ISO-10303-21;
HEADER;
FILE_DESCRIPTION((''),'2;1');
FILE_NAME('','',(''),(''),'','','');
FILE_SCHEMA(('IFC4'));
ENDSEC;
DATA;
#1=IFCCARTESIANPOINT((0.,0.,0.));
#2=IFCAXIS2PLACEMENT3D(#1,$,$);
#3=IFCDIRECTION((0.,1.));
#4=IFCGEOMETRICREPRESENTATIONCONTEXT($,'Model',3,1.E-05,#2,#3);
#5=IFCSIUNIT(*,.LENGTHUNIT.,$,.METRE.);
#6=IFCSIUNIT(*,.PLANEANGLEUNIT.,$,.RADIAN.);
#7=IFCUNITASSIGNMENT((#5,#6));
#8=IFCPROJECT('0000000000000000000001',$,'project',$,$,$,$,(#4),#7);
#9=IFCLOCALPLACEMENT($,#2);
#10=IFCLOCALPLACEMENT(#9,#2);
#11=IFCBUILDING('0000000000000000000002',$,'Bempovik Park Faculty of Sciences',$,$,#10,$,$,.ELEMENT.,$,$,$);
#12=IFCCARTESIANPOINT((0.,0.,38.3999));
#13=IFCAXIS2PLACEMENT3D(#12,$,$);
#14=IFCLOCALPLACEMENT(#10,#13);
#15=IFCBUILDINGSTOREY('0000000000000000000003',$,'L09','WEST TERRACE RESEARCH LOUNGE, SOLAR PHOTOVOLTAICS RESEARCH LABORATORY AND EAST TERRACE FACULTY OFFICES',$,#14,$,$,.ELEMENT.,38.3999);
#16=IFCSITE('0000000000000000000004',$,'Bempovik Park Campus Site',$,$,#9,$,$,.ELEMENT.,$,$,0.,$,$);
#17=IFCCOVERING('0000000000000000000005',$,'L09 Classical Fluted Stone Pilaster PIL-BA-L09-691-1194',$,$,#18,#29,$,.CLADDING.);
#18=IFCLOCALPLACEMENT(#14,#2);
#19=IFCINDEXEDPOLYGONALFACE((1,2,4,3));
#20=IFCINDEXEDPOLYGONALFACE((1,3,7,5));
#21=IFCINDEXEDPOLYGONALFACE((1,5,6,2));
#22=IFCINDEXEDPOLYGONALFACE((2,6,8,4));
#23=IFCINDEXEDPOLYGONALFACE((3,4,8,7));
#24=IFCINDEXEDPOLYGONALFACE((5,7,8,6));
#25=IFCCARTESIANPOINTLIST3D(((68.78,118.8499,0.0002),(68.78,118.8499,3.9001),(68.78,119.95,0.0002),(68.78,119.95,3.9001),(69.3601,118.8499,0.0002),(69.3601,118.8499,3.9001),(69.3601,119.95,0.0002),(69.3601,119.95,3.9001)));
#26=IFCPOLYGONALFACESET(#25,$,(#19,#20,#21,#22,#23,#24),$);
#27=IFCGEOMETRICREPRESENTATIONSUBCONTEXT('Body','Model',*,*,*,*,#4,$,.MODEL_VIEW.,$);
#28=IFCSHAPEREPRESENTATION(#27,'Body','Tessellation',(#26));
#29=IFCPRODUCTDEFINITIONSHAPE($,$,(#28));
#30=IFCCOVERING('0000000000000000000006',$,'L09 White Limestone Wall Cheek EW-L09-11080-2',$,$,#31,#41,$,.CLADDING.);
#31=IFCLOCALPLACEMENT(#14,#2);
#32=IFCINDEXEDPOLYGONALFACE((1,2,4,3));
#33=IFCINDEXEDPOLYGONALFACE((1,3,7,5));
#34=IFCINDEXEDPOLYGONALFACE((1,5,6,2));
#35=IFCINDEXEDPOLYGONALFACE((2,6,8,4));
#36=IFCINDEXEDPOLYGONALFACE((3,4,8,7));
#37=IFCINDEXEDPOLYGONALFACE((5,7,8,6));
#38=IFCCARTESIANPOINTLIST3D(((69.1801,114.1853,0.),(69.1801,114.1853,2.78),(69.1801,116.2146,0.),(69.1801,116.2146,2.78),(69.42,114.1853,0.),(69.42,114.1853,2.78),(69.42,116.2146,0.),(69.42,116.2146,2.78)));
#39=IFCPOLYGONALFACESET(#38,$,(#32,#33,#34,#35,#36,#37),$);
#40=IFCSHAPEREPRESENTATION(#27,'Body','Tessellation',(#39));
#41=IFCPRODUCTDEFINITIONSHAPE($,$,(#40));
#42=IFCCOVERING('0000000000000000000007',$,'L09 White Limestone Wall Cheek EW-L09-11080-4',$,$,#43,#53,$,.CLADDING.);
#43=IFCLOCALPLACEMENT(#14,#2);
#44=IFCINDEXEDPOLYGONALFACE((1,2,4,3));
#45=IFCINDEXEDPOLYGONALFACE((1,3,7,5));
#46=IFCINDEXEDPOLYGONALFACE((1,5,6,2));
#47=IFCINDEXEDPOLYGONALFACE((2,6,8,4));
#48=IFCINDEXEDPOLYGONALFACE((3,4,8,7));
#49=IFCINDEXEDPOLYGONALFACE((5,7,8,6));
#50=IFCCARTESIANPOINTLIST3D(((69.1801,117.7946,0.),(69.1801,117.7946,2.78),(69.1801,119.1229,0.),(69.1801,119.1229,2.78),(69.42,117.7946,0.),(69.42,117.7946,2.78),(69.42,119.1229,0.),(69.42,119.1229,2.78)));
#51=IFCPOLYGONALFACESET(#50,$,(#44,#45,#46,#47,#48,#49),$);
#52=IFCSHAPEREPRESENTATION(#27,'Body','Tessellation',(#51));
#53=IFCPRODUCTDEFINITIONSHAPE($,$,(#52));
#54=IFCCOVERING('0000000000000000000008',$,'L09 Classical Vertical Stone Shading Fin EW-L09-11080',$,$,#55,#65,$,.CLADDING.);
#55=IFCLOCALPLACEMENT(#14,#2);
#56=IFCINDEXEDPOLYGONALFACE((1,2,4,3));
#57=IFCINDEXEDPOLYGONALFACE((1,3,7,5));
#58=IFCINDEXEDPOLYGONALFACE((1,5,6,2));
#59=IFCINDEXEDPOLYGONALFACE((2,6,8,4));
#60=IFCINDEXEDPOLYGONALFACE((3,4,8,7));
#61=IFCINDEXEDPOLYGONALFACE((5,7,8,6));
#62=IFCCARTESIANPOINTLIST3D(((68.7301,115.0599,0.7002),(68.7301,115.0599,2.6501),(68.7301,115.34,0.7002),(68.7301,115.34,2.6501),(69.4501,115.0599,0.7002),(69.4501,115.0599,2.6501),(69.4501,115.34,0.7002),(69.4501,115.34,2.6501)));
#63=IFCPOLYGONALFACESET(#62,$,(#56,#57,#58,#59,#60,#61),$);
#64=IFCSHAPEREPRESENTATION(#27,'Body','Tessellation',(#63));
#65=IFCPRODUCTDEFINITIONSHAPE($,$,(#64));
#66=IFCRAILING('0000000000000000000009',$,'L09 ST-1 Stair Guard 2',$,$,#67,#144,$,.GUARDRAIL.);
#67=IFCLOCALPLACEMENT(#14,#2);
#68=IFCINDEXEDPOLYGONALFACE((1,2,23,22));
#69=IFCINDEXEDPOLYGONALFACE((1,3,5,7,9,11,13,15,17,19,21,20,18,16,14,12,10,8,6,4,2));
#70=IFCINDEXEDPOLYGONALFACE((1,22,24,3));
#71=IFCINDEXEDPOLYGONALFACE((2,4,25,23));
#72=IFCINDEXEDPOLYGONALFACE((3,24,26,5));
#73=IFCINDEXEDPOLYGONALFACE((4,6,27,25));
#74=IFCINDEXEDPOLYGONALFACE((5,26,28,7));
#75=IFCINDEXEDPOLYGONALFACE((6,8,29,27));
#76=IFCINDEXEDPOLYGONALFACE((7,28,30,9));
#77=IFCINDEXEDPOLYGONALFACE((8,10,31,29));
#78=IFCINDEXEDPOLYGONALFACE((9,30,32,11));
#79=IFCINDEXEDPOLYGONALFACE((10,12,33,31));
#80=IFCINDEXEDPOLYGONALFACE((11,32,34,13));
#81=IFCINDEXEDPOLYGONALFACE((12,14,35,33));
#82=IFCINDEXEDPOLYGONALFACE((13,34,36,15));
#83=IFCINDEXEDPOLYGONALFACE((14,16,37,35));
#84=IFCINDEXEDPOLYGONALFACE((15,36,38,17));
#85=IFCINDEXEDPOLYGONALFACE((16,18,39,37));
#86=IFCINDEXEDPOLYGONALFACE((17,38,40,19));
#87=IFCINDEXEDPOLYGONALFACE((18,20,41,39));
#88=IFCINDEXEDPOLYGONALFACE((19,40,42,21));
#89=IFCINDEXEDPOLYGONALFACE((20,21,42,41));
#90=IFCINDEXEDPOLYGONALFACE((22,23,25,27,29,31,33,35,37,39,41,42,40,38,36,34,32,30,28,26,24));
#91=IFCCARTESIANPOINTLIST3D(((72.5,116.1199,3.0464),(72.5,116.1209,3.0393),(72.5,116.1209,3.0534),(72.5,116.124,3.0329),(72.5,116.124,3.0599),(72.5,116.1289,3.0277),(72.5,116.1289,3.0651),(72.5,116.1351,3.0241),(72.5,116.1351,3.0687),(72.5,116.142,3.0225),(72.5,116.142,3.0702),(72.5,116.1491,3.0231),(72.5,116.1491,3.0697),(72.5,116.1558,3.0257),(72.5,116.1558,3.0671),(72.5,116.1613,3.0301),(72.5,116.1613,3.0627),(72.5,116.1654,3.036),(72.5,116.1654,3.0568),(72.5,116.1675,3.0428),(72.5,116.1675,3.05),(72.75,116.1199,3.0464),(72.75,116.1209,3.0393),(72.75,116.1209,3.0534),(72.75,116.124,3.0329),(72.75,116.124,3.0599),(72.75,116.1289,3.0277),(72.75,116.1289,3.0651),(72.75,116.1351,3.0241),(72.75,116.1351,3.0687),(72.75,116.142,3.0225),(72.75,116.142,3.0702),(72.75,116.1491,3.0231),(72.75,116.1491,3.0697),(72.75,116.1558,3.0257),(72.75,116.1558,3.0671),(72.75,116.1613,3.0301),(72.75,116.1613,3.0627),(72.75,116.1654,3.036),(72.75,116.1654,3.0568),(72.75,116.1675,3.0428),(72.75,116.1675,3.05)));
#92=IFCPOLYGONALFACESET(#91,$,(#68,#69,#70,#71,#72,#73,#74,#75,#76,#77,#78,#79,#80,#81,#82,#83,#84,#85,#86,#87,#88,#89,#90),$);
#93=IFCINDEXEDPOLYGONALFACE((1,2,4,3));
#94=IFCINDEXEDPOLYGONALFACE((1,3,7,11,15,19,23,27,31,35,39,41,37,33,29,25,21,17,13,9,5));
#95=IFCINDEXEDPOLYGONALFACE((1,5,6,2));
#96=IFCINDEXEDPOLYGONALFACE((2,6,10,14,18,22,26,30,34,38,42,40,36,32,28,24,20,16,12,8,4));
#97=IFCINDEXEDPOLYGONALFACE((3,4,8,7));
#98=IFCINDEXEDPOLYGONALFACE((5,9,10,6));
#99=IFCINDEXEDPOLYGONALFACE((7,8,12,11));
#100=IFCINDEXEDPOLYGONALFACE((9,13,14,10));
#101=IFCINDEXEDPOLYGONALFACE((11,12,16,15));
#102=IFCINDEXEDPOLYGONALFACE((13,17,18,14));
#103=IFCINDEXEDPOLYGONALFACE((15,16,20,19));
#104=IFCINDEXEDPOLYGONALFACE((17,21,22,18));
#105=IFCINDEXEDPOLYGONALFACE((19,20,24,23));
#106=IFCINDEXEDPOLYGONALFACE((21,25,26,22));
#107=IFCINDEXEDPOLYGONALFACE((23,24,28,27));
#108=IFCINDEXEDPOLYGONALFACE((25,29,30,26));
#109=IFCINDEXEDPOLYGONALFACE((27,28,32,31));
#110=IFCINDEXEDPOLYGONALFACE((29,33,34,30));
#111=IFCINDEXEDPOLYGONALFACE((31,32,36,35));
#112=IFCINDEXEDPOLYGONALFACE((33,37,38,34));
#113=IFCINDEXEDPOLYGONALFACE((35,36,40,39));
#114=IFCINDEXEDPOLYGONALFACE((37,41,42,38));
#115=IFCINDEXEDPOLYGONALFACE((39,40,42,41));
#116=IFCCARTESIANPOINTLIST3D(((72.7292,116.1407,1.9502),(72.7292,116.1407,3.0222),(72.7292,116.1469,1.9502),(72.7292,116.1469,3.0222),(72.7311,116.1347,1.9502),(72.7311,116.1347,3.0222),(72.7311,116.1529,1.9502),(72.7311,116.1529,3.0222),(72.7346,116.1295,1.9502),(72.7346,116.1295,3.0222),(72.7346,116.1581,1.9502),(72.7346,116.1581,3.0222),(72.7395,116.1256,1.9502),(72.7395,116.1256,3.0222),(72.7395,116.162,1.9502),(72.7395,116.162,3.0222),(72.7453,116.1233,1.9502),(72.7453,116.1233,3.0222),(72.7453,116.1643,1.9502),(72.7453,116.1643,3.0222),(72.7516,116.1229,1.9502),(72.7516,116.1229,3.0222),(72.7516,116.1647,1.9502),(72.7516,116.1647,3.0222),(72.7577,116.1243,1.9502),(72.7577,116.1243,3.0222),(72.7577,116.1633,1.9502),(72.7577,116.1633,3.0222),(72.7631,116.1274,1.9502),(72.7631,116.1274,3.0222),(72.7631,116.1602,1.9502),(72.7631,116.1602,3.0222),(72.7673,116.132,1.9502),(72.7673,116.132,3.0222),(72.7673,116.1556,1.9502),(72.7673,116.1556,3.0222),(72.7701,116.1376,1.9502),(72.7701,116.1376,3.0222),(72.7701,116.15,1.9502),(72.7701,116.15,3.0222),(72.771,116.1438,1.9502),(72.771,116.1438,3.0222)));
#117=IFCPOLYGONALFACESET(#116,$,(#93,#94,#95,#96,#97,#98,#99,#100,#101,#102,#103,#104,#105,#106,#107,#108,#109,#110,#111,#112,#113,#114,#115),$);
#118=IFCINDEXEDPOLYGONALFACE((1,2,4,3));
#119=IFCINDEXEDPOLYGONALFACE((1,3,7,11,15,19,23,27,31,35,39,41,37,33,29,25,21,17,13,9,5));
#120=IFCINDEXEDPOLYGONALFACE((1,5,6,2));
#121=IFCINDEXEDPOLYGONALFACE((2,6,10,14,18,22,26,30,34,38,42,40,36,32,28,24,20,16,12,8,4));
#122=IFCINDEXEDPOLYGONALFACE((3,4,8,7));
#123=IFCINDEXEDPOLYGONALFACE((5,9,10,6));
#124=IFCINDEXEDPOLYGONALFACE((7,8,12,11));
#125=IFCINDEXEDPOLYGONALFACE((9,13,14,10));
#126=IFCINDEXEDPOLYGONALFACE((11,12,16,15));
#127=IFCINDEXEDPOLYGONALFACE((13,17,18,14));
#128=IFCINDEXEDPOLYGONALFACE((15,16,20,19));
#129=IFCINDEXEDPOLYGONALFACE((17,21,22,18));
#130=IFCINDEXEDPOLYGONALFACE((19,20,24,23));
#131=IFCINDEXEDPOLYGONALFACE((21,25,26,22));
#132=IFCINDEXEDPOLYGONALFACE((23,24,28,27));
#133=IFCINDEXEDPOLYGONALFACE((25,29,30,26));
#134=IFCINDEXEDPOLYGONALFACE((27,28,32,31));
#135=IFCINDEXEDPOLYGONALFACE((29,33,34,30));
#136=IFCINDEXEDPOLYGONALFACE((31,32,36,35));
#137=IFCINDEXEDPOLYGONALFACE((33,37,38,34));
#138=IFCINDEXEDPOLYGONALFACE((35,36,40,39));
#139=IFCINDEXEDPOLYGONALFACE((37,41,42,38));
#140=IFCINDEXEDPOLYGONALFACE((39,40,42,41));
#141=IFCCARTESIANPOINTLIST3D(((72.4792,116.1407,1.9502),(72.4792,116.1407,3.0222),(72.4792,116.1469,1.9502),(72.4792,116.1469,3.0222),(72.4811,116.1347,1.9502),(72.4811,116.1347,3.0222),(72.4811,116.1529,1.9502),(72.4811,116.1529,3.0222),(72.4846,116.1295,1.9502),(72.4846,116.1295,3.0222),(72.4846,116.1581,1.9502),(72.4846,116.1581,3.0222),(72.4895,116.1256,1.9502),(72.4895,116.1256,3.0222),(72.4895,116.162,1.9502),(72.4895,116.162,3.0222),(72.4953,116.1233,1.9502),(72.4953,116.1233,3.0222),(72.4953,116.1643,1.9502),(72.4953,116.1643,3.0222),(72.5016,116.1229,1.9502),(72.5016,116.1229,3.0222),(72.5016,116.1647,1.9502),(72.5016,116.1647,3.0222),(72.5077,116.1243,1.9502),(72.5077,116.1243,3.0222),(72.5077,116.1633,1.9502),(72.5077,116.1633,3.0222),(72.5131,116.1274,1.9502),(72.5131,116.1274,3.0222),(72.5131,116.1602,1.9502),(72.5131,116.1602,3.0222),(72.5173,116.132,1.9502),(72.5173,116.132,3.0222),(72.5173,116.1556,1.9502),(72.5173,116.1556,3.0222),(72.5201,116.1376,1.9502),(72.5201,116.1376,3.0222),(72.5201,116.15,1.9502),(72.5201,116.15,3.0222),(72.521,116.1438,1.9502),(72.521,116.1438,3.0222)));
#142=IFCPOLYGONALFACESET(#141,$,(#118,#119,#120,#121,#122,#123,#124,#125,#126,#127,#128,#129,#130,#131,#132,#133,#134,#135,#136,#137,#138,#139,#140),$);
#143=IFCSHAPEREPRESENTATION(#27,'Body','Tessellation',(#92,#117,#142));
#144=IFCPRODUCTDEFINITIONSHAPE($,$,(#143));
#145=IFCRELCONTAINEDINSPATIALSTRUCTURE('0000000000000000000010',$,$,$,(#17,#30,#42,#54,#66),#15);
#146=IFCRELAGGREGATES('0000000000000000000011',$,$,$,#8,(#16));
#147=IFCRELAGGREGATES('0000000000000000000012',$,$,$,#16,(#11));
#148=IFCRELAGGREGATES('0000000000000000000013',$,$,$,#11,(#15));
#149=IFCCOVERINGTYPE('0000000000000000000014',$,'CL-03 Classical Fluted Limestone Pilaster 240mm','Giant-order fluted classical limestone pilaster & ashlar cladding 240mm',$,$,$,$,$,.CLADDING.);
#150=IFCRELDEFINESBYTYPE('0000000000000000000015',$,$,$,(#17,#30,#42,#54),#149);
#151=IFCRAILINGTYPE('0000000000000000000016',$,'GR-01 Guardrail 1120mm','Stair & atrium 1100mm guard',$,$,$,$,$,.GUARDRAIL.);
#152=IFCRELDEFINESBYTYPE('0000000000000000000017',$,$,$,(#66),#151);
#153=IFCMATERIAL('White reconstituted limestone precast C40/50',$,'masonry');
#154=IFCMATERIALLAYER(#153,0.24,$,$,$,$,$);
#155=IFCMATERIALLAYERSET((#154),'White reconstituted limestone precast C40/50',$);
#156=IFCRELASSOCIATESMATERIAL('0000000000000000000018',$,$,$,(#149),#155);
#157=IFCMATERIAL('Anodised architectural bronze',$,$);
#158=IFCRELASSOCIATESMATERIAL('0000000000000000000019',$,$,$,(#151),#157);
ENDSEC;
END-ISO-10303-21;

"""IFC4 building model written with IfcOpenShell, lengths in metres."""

from ifc_helpers import new_model, si_unit, direction, frame, origin, origin_2d, place, context, subcontext, project, spatial, rectangle, circle, extrude, material, layer, layer_set, type_object, element, save


model = new_model("IFC4")

# Units and contexts
model_context = context("Model", 3, precision=1e-05, world=origin(), true_north=direction((0.0, 1.0)))
body_context = subcontext(model_context, "Body", "Model", "MODEL_VIEW")
ifc_project = project(units=[si_unit("LENGTHUNIT", "METRE"), si_unit("PLANEANGLEUNIT", "RADIAN")], contexts=[model_context])

# Site, building, storey
site_placement = place(None, origin())
site = spatial("IfcSite", under=ifc_project, at=site_placement, Name="Bempovik Park Campus Site", CompositionType="ELEMENT", RefElevation=0.0)
building_placement = place(site_placement, origin())
building = spatial("IfcBuilding", under=site, at=building_placement, Name="Bempovik Park Faculty of Sciences", CompositionType="ELEMENT")
storey_placement = place(building_placement, frame((0.0, 0.0, 38.3999)))
storey = spatial("IfcBuildingStorey", under=building, at=storey_placement, Name="L09", Description="WEST TERRACE RESEARCH LOUNGE, SOLAR PHOTOVOLTAICS RESEARCH LABORATORY AND EAST TERRACE FACULTY OFFICES", CompositionType="ELEMENT", Elevation=38.3999)

# Coverings
ifc_material_1 = material(Name="White reconstituted limestone precast C40/50", Category="masonry")
ifc_layer_1 = layer(ifc_material_1, 0.24)
ifc_layer_set_1 = layer_set([ifc_layer_1], Name="White reconstituted limestone precast C40/50")
covering_type = type_object("IfcCoveringType", Name="CL-03 Classical Fluted Limestone Pilaster 240mm", Description="Giant-order fluted classical limestone pilaster & ashlar cladding 240mm", PredefinedType="CLADDING", material=ifc_layer_set_1)
covering_1_placement = place(storey_placement, frame((69.0701, 119.3999, 0.0002), z_axis=(0.0, 0.0, 1.0), x_axis=(1.0, 0.0, 0.0)))
element("IfcCovering", 1, at=covering_1_placement, inside=storey, type_object=covering_type, Name="L09 Classical Fluted Stone Pilaster PIL-BA-L09-691-1194", PredefinedType="CLADDING", context=body_context, shape_type="SweptSolid", body=[
    extrude(rectangle(XDim=0.5801, YDim=1.1001, at=origin_2d()), origin(), (0.0, 0.0, 1.0), 3.8999),
])
covering_2_placement = place(storey_placement, frame((69.3, 115.2, 0.0), z_axis=(0.0, 0.0, 1.0), x_axis=(1.0, 0.0, 0.0)))
element("IfcCovering", 2, at=covering_2_placement, inside=storey, type_object=covering_type, Name="L09 White Limestone Wall Cheek EW-L09-11080-2", PredefinedType="CLADDING", context=body_context, shape_type="SweptSolid", body=[
    extrude(rectangle(XDim=0.24, YDim=2.0293, at=origin_2d()), origin(), (0.0, 0.0, 1.0), 2.78),
])
covering_3_placement = place(storey_placement, frame((69.3, 118.4587, 0.0), z_axis=(0.0, 0.0, 1.0), x_axis=(1.0, 0.0, 0.0)))
element("IfcCovering", 3, at=covering_3_placement, inside=storey, type_object=covering_type, Name="L09 White Limestone Wall Cheek EW-L09-11080-4", PredefinedType="CLADDING", context=body_context, shape_type="SweptSolid", body=[
    extrude(rectangle(XDim=0.24, YDim=1.3284, at=origin_2d()), origin(), (0.0, 0.0, 1.0), 2.78),
])
covering_4_placement = place(storey_placement, frame((69.0901, 115.2, 0.7002), z_axis=(0.0, 0.0, 1.0), x_axis=(1.0, 0.0, 0.0)))
element("IfcCovering", 4, at=covering_4_placement, inside=storey, type_object=covering_type, Name="L09 Classical Vertical Stone Shading Fin EW-L09-11080", PredefinedType="CLADDING", context=body_context, shape_type="SweptSolid", body=[
    extrude(rectangle(XDim=0.72, YDim=0.28, at=origin_2d()), origin(), (0.0, 0.0, 1.0), 1.95),
])

# Railing
ifc_material_2 = material(Name="Anodised architectural bronze")
railing_type_1 = type_object("IfcRailingType", Name="GR-01 Guardrail 1120mm", Description="Stair & atrium 1100mm guard", PredefinedType="GUARDRAIL", material=ifc_material_2)
railing_1_placement = place(storey_placement, frame((72.75, 116.1438, 1.9502)))
element("IfcRailing", 5, at=railing_1_placement, inside=storey, type_object=railing_type_1, Name="L09 ST-1 Stair Guard 2", PredefinedType="GUARDRAIL", context=body_context, shape_type="SweptSolid", body=[
    extrude(circle(Radius=0.0239, at=origin_2d()), frame((0.0, 0.0, 1.0962), z_axis=(-1.0, 0.0, 0.0), x_axis=(0.0, -1.0, 0.0)), (0.0, 0.0, 1.0), 0.25),
    extrude(circle(Radius=0.021, at=origin_2d()), origin(), (0.0, 0.0, 1.0), 1.072),
    extrude(circle(Radius=0.021, at=origin_2d()), frame((-0.25, 0.0, 0.0)), (0.0, 0.0, 1.0), 1.072),
])

save(model, "model.ifc")
